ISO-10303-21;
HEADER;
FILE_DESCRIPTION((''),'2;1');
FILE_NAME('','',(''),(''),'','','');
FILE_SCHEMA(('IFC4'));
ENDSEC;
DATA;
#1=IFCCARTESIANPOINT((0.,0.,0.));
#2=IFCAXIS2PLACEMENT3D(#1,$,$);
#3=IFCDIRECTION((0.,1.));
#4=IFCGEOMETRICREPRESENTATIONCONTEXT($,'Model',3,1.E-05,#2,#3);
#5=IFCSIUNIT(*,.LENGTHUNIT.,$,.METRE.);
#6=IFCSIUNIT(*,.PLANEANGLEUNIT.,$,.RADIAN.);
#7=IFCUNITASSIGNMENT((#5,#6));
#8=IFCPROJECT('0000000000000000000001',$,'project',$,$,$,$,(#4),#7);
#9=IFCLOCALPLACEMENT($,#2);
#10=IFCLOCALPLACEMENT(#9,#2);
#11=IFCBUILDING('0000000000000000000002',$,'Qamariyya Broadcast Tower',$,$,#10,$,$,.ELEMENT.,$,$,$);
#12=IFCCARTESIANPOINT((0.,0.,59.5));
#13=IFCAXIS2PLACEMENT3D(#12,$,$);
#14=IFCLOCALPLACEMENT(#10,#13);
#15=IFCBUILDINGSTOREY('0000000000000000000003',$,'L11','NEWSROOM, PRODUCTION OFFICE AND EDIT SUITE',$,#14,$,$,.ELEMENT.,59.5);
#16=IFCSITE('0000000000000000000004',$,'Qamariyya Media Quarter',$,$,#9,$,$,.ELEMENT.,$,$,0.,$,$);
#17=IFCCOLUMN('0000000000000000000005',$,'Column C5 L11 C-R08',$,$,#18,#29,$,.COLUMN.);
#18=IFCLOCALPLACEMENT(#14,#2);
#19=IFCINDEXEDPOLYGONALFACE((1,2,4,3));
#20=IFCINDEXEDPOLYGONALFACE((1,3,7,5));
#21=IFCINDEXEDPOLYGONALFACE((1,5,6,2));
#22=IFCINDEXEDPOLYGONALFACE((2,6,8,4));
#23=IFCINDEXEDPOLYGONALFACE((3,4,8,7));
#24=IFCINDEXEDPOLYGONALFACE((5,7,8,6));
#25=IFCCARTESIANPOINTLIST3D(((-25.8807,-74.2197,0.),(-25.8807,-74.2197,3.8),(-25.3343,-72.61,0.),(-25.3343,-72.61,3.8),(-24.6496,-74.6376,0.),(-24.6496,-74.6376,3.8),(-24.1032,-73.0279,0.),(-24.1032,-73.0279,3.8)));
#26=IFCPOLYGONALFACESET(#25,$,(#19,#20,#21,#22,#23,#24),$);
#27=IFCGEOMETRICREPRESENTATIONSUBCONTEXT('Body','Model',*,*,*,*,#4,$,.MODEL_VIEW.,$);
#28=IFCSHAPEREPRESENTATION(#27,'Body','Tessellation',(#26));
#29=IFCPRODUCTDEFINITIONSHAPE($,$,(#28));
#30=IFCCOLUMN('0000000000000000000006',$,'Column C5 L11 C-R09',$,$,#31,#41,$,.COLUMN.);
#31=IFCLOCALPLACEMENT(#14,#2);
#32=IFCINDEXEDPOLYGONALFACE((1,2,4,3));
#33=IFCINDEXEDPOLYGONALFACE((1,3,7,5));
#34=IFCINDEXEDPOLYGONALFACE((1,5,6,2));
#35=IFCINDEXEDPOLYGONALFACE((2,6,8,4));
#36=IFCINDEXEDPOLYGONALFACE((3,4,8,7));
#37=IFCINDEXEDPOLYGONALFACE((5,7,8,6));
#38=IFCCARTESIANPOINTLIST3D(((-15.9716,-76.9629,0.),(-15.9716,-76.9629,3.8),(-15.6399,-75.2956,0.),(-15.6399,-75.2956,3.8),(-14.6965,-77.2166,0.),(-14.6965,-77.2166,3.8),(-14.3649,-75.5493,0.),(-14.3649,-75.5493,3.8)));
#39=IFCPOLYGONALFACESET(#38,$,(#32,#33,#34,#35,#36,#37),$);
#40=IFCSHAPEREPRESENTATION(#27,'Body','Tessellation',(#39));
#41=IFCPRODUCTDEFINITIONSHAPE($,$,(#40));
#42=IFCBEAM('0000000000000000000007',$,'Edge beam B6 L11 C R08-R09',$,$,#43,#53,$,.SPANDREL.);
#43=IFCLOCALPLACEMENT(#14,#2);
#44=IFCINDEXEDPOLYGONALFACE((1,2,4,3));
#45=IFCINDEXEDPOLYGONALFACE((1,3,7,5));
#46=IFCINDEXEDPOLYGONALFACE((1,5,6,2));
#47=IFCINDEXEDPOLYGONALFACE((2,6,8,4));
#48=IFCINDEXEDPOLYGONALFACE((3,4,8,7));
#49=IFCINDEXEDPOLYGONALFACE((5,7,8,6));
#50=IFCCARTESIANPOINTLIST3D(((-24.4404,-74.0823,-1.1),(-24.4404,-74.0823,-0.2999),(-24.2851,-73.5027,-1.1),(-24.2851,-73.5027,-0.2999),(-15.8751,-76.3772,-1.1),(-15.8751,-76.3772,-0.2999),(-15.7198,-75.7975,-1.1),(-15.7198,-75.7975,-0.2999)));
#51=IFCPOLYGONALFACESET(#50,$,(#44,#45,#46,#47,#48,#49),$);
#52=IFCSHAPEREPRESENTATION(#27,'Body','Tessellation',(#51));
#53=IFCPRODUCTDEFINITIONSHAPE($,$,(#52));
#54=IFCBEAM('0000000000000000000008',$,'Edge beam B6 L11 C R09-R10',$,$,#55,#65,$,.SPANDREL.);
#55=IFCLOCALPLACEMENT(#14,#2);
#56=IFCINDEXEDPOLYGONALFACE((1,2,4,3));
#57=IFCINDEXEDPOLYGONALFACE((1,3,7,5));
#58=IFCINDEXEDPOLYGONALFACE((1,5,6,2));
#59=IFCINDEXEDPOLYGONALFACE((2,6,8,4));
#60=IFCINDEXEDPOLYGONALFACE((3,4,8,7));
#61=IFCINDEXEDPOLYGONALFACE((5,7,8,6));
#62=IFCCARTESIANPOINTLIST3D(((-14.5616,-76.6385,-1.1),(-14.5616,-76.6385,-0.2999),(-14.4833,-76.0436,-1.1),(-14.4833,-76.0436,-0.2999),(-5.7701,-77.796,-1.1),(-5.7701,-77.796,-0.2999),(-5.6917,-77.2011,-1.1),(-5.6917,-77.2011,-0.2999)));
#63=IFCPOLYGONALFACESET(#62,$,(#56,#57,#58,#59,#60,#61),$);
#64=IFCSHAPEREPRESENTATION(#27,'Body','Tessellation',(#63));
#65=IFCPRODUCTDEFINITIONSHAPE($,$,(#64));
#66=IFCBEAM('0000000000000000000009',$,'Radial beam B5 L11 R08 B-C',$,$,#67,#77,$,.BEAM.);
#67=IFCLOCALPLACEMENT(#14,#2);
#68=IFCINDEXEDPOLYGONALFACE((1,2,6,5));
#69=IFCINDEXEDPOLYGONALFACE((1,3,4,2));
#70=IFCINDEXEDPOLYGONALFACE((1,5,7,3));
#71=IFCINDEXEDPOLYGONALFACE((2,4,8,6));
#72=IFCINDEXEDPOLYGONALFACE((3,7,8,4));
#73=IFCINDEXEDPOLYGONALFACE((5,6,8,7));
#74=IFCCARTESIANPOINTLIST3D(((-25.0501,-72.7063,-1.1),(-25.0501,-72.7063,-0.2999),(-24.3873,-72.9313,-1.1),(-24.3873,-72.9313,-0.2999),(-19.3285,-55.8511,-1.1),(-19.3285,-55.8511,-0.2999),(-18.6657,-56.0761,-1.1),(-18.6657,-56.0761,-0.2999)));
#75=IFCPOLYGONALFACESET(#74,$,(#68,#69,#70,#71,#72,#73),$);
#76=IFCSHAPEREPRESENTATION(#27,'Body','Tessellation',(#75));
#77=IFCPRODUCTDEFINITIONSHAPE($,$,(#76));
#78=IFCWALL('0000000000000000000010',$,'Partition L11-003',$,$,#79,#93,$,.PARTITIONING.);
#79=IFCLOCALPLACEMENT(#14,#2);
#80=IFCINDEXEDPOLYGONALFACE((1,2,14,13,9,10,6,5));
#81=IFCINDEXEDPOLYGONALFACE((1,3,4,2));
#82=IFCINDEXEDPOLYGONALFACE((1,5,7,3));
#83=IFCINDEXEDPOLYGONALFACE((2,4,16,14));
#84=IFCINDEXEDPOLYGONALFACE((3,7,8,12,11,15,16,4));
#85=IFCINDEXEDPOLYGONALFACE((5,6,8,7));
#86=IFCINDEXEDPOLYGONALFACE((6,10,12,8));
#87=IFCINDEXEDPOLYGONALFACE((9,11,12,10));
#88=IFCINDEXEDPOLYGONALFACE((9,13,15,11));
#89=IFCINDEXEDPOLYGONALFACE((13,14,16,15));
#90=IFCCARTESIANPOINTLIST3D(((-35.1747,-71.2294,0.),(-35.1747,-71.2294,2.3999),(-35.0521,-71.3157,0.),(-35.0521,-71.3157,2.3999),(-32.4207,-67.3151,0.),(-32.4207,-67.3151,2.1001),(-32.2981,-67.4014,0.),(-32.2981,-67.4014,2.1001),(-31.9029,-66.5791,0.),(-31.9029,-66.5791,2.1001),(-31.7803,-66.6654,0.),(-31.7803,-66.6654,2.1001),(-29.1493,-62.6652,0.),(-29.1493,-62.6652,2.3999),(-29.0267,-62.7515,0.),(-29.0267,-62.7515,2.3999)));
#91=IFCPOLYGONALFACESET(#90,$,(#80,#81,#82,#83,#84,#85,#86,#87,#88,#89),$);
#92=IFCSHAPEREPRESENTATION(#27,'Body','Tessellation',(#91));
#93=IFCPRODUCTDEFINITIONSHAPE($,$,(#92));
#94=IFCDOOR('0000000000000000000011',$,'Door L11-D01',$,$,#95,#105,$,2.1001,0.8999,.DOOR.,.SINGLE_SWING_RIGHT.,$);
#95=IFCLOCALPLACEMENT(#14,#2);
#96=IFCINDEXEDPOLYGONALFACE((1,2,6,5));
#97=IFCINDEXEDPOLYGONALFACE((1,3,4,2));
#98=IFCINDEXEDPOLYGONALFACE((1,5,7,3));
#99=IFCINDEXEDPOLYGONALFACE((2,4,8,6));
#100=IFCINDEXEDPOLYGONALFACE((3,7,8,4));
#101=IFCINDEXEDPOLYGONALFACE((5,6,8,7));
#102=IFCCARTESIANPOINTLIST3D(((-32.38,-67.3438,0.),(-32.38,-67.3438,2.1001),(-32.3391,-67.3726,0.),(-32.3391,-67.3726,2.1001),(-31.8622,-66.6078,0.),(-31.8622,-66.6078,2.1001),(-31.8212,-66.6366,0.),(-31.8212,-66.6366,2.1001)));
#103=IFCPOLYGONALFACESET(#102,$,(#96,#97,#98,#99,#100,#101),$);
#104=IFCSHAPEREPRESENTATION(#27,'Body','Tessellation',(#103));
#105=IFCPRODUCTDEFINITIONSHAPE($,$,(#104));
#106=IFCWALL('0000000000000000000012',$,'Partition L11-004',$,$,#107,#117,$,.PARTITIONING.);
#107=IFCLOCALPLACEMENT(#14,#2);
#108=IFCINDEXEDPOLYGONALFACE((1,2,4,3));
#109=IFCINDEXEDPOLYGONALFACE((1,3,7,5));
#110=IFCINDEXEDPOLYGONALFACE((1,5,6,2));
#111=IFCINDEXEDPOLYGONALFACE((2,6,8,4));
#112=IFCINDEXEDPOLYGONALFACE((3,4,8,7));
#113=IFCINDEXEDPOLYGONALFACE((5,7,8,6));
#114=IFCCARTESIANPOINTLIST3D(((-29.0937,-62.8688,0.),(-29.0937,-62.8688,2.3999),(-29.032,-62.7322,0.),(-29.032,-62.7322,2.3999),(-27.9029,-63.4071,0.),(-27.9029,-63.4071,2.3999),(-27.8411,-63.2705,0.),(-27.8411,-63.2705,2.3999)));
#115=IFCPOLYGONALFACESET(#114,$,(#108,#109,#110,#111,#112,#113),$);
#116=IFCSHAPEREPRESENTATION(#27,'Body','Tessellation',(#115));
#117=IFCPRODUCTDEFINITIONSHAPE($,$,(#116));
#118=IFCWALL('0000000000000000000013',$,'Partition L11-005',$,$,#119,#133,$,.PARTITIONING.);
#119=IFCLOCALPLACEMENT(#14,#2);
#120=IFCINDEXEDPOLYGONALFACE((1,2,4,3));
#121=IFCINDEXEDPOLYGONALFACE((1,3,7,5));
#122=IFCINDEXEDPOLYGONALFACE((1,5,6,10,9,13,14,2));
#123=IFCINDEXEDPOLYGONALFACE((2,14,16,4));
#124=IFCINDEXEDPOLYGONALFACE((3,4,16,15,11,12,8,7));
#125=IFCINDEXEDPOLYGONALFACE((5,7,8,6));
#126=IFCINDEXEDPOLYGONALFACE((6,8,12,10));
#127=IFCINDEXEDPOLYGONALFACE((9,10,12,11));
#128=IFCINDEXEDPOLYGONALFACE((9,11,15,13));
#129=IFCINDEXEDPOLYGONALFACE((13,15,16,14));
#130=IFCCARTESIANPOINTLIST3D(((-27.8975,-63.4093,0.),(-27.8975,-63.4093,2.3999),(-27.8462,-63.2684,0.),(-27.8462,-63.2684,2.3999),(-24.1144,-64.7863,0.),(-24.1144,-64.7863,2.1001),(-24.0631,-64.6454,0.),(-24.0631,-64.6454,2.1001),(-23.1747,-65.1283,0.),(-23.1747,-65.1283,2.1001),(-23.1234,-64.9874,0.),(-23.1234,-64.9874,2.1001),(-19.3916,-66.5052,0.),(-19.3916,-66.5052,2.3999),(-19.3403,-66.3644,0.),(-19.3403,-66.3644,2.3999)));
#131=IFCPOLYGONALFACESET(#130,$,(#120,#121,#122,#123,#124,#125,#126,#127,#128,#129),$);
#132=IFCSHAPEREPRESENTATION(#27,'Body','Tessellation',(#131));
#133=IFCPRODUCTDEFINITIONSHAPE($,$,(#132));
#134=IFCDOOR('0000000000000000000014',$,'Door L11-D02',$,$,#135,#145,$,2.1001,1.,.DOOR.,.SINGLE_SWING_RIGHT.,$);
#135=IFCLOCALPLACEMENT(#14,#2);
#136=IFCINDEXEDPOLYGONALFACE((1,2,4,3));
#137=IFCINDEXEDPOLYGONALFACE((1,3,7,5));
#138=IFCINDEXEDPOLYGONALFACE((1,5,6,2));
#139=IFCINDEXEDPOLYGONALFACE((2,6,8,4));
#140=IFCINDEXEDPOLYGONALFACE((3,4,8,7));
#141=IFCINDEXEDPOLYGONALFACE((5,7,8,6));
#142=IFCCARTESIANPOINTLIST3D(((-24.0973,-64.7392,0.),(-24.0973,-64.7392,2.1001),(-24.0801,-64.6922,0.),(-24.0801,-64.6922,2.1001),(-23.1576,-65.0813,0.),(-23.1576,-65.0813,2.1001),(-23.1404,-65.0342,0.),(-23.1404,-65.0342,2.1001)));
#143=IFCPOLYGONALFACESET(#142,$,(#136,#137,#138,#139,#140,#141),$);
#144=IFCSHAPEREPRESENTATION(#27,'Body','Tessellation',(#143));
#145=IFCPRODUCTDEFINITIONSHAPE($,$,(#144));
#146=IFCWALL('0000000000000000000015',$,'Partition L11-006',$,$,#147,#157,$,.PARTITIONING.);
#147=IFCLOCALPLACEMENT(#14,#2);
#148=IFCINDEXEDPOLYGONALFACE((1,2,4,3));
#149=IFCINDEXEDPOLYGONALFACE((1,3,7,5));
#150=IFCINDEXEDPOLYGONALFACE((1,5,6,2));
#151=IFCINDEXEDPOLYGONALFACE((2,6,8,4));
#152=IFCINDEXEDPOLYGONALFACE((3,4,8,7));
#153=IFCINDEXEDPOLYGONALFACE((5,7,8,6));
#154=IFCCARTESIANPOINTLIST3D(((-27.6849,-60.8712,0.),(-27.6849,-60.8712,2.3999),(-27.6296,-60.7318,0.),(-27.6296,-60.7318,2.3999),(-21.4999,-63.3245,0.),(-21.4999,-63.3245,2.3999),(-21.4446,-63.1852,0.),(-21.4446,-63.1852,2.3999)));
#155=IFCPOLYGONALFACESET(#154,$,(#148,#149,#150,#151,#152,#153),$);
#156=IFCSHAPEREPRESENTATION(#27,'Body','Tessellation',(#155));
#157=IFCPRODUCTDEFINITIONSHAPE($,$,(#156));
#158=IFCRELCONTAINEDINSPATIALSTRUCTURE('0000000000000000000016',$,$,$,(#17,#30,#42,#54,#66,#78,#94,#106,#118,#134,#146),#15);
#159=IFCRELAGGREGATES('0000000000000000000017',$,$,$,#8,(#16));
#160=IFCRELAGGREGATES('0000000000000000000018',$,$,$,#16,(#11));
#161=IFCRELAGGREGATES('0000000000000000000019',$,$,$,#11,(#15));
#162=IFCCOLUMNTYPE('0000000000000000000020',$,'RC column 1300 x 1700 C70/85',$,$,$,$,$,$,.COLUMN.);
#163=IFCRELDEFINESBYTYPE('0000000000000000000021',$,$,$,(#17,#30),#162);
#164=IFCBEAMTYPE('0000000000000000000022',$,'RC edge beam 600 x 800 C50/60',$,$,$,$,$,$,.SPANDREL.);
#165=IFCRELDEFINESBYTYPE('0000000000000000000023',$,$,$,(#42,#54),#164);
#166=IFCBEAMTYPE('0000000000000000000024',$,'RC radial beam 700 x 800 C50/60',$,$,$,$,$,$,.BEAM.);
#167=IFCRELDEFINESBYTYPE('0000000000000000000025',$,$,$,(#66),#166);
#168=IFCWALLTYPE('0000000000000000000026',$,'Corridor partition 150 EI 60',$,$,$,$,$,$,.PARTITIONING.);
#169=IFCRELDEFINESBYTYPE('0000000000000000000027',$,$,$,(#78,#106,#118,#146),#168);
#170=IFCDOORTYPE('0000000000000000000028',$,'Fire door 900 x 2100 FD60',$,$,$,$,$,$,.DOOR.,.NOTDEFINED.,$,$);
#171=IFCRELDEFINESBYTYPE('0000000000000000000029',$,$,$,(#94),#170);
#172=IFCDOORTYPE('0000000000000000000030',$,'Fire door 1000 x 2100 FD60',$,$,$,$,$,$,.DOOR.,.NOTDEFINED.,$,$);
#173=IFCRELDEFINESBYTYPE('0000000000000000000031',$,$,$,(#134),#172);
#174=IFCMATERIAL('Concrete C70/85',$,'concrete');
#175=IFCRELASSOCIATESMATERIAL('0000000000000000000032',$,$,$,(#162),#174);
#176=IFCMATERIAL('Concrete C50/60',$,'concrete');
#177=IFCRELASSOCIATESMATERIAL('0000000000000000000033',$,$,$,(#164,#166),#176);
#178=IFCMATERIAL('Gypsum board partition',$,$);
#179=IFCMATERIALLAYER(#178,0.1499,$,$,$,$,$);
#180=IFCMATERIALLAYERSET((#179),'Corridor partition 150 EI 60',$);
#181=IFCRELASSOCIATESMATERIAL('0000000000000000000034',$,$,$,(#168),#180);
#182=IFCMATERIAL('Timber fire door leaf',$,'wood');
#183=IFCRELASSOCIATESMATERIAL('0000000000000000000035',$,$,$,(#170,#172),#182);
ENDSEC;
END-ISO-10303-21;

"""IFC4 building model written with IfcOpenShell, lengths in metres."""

from ifc_helpers import new_model, si_unit, direction, frame, frame_2d, origin, origin_2d, place, context, subcontext, project, spatial, rectangle, extrude, material, layer, layer_set, material_profile, profile_set, type_object, element, fill, save


model = new_model("IFC4")

# Units and contexts
model_context = context("Model", 3, precision=1e-05, world=origin(), true_north=direction((0.0, 1.0)))
body_context = subcontext(model_context, "Body", "Model", "MODEL_VIEW")
ifc_project = project(units=[si_unit("LENGTHUNIT", "METRE"), si_unit("PLANEANGLEUNIT", "RADIAN")], contexts=[model_context])

# Site, building, storey
site_placement = place(None, origin())
site = spatial("IfcSite", under=ifc_project, at=site_placement, Name="Qamariyya Media Quarter", CompositionType="ELEMENT", RefElevation=0.0)
building_placement = place(site_placement, origin())
building = spatial("IfcBuilding", under=site, at=building_placement, Name="Qamariyya Broadcast Tower", CompositionType="ELEMENT")
storey_placement = place(building_placement, frame((0.0, 0.0, 59.5)))
storey = spatial("IfcBuildingStorey", under=building, at=storey_placement, Name="L11", Description="NEWSROOM, PRODUCTION OFFICE AND EDIT SUITE", CompositionType="ELEMENT", Elevation=59.5)

# Columns
ifc_material_1 = material(Name="Concrete C70/85", Category="concrete")
ifc_material_profile_1 = material_profile(ifc_material_1, rectangle(XDim=1.3, YDim=1.7, at=origin_2d()))
ifc_profile_set_1 = profile_set([ifc_material_profile_1], Name="Concrete C70/85")
column_type = type_object("IfcColumnType", Name="RC column 1300 x 1700 C70/85", PredefinedType="COLUMN", material=ifc_profile_set_1)
for number, where, z_axis, x_axis, name in (
    (1, (-24.9919, -73.6238, 0.0), (0.0, 0.0, 1.0), (0.94693, -0.321439, 0.0), "Column C5 L11 C-R08"),
    (2, (-15.1682, -76.2561, 0.0), (0.0, 0.0, 1.0), (0.980785, -0.19509, 0.0), "Column C5 L11 C-R09"),
):
    element("IfcColumn", number, at=place(storey_placement, frame(where, z_axis=z_axis, x_axis=x_axis)), inside=storey, type_object=column_type, Name=name, PredefinedType="COLUMN", context=body_context, shape_type="SweptSolid", body=[
        extrude(rectangle(XDim=1.3, YDim=1.7, at=origin_2d()), origin(), (0.0, 0.0, 1.0), 3.8),
    ])

# Beams
ifc_material_2 = material(Name="Concrete C50/60", Category="concrete")
ifc_material_profile_2 = material_profile(ifc_material_2, rectangle(XDim=0.6001, YDim=0.8, at=origin_2d()))
ifc_profile_set_2 = profile_set([ifc_material_profile_2], Name="Concrete C50/60")
beam_type_1 = type_object("IfcBeamType", Name="RC edge beam 600 x 800 C50/60", PredefinedType="SPANDREL", material=ifc_profile_set_2)
for number, where, z_axis, x_axis, name in (
    (3, (-24.3628, -73.7925, -0.7), (0.965931, -0.2588, 0.0), (0.2588, 0.965931, 0.0), "Edge beam B6 L11 C R08-R09"),
    (4, (-14.5225, -76.3411, -0.7), (0.991444, -0.130531, 0.0), (0.130531, 0.991444, 0.0), "Edge beam B6 L11 C R09-R10"),
):
    element("IfcBeam", number, at=place(storey_placement, frame(where, z_axis=z_axis, x_axis=x_axis)), inside=storey, type_object=beam_type_1, Name=name, PredefinedType="SPANDREL", context=body_context, shape_type="SweptSolid", body=[
        extrude(rectangle(XDim=0.6001, YDim=0.8, at=origin_2d()), origin(), (0.0, 0.0, 1.0), 8.8674),
    ])
ifc_material_profile_3 = material_profile(ifc_material_2, rectangle(XDim=0.7, YDim=0.8, at=origin_2d()))
ifc_profile_set_3 = profile_set([ifc_material_profile_3], Name="Concrete C50/60")
beam_type_2 = type_object("IfcBeamType", Name="RC radial beam 700 x 800 C50/60", PredefinedType="BEAM", material=ifc_profile_set_3)
beam_placement = place(storey_placement, frame((-18.9971, -55.9636, -0.7), z_axis=(-0.321445, -0.946928, 0.0), x_axis=(0.946928, -0.321445, 0.0)))
element("IfcBeam", 5, at=beam_placement, inside=storey, type_object=beam_type_2, Name="Radial beam B5 L11 R08 B-C", PredefinedType="BEAM", context=body_context, shape_type="SweptSolid", body=[
    extrude(rectangle(XDim=0.7, YDim=0.8, at=origin_2d()), origin(), (0.0, 0.0, 1.0), 17.7998),
])

# Wall, opening, door
ifc_material_3 = material(Name="Gypsum board partition")
ifc_layer_1 = layer(ifc_material_3, 0.1499)
ifc_layer_set_1 = layer_set([ifc_layer_1], Name="Corridor partition 150 EI 60")
wall_type_1 = type_object("IfcWallType", Name="Corridor partition 150 EI 60", PredefinedType="PARTITIONING", material=ifc_layer_set_1)
wall_1_placement = place(storey_placement, frame((-29.0879, -62.7083, 0.0), z_axis=(0.0, 0.0, 1.0), x_axis=(-0.575412, -0.817864, 0.0)))
wall_1 = element("IfcWall", 6, at=wall_1_placement, inside=storey, type_object=wall_type_1, Name="Partition L11-003", PredefinedType="PARTITIONING", context=body_context, shape_type="SweptSolid", body=[
    extrude(rectangle(XDim=10.4714, YDim=0.1499, at=frame_2d((5.2358, 0.0))), origin(), (0.0, 0.0, 1.0), 2.3999),
])
opening_1_placement = place(wall_1_placement, frame((4.7856, 0.0, 0.0)))
opening_1 = element("IfcOpeningElement", 7, at=opening_1_placement, cuts=wall_1, PredefinedType="OPENING", context=body_context, shape_type="SweptSolid", body=[
    extrude(rectangle(XDim=0.8999, YDim=2.1001, at=frame_2d((0.45, 1.05))), frame((0.0, 0.085, 0.0), z_axis=(0.0, -1.0, 0.0), x_axis=(1.0, 0.0, 0.0)), (0.0, 0.0, 1.0), 0.1699),
])
ifc_material_4 = material(Name="Timber fire door leaf", Category="wood")
door_type_1 = type_object("IfcDoorType", Name="Fire door 900 x 2100 FD60", OperationType="NOTDEFINED", PredefinedType="DOOR", material=ifc_material_4)
door_1_placement = place(opening_1_placement, origin())
door_1 = element("IfcDoor", 8, at=door_1_placement, inside=storey, type_object=door_type_1, Name="Door L11-D01", OperationType="SINGLE_SWING_RIGHT", OverallHeight=2.1001, OverallWidth=0.8999, PredefinedType="DOOR", context=body_context, shape_type="SweptSolid", body=[
    extrude(rectangle(XDim=0.8999, YDim=2.1001, at=frame_2d((0.45, 1.05))), frame((0.0, 0.0249, 0.0), z_axis=(0.0, -1.0, 0.0), x_axis=(1.0, 0.0, 0.0)), (0.0, 0.0, 1.0), 0.05),
])
fill(opening_1, door_1)

# Wall
wall_2_placement = place(storey_placement, frame((-29.0627, -62.8005, 0.0), z_axis=(0.0, 0.0, 1.0), x_axis=(0.911228, -0.411902, 0.0)))
element("IfcWall", 9, at=wall_2_placement, inside=storey, type_object=wall_type_1, Name="Partition L11-004", PredefinedType="PARTITIONING", context=body_context, shape_type="SweptSolid", body=[
    extrude(rectangle(XDim=1.3069, YDim=0.1499, at=frame_2d((0.6533, 0.0))), origin(), (0.0, 0.0, 1.0), 2.3999),
])

# Wall, opening, door
wall_3_placement = place(storey_placement, frame((-19.366, -66.4348, 0.0), z_axis=(0.0, 0.0, 1.0), x_axis=(-0.93969, 0.342027, 0.0)))
wall_3 = element("IfcWall", 10, at=wall_3_placement, inside=storey, type_object=wall_type_1, Name="Partition L11-005", PredefinedType="PARTITIONING", context=body_context, shape_type="SweptSolid", body=[
    extrude(rectangle(XDim=9.0518, YDim=0.1499, at=frame_2d((4.5259, 0.0))), origin(), (0.0, 0.0, 1.0), 2.3999),
])
opening_2_placement = place(wall_3_placement, frame((4.0259, 0.0, 0.0)))
opening_2 = element("IfcOpeningElement", 11, at=opening_2_placement, cuts=wall_3, PredefinedType="OPENING", context=body_context, shape_type="SweptSolid", body=[
    extrude(rectangle(XDim=1.0, YDim=2.1001, at=frame_2d((0.5, 1.05))), frame((0.0, 0.085, 0.0), z_axis=(0.0, -1.0, 0.0), x_axis=(1.0, 0.0, 0.0)), (0.0, 0.0, 1.0), 0.1699),
])
door_type_2 = type_object("IfcDoorType", Name="Fire door 1000 x 2100 FD60", OperationType="NOTDEFINED", PredefinedType="DOOR", material=ifc_material_4)
door_2_placement = place(opening_2_placement, origin())
door_2 = element("IfcDoor", 12, at=door_2_placement, inside=storey, type_object=door_type_2, Name="Door L11-D02", OperationType="SINGLE_SWING_RIGHT", OverallHeight=2.1001, OverallWidth=1.0, PredefinedType="DOOR", context=body_context, shape_type="SweptSolid", body=[
    extrude(rectangle(XDim=1.0, YDim=2.1001, at=frame_2d((0.5, 1.05))), frame((0.0, 0.0249, 0.0), z_axis=(0.0, -1.0, 0.0), x_axis=(1.0, 0.0, 0.0)), (0.0, 0.0, 1.0), 0.05),
])
fill(opening_2, door_2)

# Wall
wall_4_placement = place(storey_placement, frame((-27.6572, -60.8015, 0.0), z_axis=(0.0, 0.0, 1.0), x_axis=(0.929543, -0.368713, 0.0)))
element("IfcWall", 13, at=wall_4_placement, inside=storey, type_object=wall_type_1, Name="Partition L11-006", PredefinedType="PARTITIONING", context=body_context, shape_type="SweptSolid", body=[
    extrude(rectangle(XDim=6.6538, YDim=0.1499, at=frame_2d((3.3269, 0.0))), origin(), (0.0, 0.0, 1.0), 2.3999),
])

save(model, "model.ifc")
